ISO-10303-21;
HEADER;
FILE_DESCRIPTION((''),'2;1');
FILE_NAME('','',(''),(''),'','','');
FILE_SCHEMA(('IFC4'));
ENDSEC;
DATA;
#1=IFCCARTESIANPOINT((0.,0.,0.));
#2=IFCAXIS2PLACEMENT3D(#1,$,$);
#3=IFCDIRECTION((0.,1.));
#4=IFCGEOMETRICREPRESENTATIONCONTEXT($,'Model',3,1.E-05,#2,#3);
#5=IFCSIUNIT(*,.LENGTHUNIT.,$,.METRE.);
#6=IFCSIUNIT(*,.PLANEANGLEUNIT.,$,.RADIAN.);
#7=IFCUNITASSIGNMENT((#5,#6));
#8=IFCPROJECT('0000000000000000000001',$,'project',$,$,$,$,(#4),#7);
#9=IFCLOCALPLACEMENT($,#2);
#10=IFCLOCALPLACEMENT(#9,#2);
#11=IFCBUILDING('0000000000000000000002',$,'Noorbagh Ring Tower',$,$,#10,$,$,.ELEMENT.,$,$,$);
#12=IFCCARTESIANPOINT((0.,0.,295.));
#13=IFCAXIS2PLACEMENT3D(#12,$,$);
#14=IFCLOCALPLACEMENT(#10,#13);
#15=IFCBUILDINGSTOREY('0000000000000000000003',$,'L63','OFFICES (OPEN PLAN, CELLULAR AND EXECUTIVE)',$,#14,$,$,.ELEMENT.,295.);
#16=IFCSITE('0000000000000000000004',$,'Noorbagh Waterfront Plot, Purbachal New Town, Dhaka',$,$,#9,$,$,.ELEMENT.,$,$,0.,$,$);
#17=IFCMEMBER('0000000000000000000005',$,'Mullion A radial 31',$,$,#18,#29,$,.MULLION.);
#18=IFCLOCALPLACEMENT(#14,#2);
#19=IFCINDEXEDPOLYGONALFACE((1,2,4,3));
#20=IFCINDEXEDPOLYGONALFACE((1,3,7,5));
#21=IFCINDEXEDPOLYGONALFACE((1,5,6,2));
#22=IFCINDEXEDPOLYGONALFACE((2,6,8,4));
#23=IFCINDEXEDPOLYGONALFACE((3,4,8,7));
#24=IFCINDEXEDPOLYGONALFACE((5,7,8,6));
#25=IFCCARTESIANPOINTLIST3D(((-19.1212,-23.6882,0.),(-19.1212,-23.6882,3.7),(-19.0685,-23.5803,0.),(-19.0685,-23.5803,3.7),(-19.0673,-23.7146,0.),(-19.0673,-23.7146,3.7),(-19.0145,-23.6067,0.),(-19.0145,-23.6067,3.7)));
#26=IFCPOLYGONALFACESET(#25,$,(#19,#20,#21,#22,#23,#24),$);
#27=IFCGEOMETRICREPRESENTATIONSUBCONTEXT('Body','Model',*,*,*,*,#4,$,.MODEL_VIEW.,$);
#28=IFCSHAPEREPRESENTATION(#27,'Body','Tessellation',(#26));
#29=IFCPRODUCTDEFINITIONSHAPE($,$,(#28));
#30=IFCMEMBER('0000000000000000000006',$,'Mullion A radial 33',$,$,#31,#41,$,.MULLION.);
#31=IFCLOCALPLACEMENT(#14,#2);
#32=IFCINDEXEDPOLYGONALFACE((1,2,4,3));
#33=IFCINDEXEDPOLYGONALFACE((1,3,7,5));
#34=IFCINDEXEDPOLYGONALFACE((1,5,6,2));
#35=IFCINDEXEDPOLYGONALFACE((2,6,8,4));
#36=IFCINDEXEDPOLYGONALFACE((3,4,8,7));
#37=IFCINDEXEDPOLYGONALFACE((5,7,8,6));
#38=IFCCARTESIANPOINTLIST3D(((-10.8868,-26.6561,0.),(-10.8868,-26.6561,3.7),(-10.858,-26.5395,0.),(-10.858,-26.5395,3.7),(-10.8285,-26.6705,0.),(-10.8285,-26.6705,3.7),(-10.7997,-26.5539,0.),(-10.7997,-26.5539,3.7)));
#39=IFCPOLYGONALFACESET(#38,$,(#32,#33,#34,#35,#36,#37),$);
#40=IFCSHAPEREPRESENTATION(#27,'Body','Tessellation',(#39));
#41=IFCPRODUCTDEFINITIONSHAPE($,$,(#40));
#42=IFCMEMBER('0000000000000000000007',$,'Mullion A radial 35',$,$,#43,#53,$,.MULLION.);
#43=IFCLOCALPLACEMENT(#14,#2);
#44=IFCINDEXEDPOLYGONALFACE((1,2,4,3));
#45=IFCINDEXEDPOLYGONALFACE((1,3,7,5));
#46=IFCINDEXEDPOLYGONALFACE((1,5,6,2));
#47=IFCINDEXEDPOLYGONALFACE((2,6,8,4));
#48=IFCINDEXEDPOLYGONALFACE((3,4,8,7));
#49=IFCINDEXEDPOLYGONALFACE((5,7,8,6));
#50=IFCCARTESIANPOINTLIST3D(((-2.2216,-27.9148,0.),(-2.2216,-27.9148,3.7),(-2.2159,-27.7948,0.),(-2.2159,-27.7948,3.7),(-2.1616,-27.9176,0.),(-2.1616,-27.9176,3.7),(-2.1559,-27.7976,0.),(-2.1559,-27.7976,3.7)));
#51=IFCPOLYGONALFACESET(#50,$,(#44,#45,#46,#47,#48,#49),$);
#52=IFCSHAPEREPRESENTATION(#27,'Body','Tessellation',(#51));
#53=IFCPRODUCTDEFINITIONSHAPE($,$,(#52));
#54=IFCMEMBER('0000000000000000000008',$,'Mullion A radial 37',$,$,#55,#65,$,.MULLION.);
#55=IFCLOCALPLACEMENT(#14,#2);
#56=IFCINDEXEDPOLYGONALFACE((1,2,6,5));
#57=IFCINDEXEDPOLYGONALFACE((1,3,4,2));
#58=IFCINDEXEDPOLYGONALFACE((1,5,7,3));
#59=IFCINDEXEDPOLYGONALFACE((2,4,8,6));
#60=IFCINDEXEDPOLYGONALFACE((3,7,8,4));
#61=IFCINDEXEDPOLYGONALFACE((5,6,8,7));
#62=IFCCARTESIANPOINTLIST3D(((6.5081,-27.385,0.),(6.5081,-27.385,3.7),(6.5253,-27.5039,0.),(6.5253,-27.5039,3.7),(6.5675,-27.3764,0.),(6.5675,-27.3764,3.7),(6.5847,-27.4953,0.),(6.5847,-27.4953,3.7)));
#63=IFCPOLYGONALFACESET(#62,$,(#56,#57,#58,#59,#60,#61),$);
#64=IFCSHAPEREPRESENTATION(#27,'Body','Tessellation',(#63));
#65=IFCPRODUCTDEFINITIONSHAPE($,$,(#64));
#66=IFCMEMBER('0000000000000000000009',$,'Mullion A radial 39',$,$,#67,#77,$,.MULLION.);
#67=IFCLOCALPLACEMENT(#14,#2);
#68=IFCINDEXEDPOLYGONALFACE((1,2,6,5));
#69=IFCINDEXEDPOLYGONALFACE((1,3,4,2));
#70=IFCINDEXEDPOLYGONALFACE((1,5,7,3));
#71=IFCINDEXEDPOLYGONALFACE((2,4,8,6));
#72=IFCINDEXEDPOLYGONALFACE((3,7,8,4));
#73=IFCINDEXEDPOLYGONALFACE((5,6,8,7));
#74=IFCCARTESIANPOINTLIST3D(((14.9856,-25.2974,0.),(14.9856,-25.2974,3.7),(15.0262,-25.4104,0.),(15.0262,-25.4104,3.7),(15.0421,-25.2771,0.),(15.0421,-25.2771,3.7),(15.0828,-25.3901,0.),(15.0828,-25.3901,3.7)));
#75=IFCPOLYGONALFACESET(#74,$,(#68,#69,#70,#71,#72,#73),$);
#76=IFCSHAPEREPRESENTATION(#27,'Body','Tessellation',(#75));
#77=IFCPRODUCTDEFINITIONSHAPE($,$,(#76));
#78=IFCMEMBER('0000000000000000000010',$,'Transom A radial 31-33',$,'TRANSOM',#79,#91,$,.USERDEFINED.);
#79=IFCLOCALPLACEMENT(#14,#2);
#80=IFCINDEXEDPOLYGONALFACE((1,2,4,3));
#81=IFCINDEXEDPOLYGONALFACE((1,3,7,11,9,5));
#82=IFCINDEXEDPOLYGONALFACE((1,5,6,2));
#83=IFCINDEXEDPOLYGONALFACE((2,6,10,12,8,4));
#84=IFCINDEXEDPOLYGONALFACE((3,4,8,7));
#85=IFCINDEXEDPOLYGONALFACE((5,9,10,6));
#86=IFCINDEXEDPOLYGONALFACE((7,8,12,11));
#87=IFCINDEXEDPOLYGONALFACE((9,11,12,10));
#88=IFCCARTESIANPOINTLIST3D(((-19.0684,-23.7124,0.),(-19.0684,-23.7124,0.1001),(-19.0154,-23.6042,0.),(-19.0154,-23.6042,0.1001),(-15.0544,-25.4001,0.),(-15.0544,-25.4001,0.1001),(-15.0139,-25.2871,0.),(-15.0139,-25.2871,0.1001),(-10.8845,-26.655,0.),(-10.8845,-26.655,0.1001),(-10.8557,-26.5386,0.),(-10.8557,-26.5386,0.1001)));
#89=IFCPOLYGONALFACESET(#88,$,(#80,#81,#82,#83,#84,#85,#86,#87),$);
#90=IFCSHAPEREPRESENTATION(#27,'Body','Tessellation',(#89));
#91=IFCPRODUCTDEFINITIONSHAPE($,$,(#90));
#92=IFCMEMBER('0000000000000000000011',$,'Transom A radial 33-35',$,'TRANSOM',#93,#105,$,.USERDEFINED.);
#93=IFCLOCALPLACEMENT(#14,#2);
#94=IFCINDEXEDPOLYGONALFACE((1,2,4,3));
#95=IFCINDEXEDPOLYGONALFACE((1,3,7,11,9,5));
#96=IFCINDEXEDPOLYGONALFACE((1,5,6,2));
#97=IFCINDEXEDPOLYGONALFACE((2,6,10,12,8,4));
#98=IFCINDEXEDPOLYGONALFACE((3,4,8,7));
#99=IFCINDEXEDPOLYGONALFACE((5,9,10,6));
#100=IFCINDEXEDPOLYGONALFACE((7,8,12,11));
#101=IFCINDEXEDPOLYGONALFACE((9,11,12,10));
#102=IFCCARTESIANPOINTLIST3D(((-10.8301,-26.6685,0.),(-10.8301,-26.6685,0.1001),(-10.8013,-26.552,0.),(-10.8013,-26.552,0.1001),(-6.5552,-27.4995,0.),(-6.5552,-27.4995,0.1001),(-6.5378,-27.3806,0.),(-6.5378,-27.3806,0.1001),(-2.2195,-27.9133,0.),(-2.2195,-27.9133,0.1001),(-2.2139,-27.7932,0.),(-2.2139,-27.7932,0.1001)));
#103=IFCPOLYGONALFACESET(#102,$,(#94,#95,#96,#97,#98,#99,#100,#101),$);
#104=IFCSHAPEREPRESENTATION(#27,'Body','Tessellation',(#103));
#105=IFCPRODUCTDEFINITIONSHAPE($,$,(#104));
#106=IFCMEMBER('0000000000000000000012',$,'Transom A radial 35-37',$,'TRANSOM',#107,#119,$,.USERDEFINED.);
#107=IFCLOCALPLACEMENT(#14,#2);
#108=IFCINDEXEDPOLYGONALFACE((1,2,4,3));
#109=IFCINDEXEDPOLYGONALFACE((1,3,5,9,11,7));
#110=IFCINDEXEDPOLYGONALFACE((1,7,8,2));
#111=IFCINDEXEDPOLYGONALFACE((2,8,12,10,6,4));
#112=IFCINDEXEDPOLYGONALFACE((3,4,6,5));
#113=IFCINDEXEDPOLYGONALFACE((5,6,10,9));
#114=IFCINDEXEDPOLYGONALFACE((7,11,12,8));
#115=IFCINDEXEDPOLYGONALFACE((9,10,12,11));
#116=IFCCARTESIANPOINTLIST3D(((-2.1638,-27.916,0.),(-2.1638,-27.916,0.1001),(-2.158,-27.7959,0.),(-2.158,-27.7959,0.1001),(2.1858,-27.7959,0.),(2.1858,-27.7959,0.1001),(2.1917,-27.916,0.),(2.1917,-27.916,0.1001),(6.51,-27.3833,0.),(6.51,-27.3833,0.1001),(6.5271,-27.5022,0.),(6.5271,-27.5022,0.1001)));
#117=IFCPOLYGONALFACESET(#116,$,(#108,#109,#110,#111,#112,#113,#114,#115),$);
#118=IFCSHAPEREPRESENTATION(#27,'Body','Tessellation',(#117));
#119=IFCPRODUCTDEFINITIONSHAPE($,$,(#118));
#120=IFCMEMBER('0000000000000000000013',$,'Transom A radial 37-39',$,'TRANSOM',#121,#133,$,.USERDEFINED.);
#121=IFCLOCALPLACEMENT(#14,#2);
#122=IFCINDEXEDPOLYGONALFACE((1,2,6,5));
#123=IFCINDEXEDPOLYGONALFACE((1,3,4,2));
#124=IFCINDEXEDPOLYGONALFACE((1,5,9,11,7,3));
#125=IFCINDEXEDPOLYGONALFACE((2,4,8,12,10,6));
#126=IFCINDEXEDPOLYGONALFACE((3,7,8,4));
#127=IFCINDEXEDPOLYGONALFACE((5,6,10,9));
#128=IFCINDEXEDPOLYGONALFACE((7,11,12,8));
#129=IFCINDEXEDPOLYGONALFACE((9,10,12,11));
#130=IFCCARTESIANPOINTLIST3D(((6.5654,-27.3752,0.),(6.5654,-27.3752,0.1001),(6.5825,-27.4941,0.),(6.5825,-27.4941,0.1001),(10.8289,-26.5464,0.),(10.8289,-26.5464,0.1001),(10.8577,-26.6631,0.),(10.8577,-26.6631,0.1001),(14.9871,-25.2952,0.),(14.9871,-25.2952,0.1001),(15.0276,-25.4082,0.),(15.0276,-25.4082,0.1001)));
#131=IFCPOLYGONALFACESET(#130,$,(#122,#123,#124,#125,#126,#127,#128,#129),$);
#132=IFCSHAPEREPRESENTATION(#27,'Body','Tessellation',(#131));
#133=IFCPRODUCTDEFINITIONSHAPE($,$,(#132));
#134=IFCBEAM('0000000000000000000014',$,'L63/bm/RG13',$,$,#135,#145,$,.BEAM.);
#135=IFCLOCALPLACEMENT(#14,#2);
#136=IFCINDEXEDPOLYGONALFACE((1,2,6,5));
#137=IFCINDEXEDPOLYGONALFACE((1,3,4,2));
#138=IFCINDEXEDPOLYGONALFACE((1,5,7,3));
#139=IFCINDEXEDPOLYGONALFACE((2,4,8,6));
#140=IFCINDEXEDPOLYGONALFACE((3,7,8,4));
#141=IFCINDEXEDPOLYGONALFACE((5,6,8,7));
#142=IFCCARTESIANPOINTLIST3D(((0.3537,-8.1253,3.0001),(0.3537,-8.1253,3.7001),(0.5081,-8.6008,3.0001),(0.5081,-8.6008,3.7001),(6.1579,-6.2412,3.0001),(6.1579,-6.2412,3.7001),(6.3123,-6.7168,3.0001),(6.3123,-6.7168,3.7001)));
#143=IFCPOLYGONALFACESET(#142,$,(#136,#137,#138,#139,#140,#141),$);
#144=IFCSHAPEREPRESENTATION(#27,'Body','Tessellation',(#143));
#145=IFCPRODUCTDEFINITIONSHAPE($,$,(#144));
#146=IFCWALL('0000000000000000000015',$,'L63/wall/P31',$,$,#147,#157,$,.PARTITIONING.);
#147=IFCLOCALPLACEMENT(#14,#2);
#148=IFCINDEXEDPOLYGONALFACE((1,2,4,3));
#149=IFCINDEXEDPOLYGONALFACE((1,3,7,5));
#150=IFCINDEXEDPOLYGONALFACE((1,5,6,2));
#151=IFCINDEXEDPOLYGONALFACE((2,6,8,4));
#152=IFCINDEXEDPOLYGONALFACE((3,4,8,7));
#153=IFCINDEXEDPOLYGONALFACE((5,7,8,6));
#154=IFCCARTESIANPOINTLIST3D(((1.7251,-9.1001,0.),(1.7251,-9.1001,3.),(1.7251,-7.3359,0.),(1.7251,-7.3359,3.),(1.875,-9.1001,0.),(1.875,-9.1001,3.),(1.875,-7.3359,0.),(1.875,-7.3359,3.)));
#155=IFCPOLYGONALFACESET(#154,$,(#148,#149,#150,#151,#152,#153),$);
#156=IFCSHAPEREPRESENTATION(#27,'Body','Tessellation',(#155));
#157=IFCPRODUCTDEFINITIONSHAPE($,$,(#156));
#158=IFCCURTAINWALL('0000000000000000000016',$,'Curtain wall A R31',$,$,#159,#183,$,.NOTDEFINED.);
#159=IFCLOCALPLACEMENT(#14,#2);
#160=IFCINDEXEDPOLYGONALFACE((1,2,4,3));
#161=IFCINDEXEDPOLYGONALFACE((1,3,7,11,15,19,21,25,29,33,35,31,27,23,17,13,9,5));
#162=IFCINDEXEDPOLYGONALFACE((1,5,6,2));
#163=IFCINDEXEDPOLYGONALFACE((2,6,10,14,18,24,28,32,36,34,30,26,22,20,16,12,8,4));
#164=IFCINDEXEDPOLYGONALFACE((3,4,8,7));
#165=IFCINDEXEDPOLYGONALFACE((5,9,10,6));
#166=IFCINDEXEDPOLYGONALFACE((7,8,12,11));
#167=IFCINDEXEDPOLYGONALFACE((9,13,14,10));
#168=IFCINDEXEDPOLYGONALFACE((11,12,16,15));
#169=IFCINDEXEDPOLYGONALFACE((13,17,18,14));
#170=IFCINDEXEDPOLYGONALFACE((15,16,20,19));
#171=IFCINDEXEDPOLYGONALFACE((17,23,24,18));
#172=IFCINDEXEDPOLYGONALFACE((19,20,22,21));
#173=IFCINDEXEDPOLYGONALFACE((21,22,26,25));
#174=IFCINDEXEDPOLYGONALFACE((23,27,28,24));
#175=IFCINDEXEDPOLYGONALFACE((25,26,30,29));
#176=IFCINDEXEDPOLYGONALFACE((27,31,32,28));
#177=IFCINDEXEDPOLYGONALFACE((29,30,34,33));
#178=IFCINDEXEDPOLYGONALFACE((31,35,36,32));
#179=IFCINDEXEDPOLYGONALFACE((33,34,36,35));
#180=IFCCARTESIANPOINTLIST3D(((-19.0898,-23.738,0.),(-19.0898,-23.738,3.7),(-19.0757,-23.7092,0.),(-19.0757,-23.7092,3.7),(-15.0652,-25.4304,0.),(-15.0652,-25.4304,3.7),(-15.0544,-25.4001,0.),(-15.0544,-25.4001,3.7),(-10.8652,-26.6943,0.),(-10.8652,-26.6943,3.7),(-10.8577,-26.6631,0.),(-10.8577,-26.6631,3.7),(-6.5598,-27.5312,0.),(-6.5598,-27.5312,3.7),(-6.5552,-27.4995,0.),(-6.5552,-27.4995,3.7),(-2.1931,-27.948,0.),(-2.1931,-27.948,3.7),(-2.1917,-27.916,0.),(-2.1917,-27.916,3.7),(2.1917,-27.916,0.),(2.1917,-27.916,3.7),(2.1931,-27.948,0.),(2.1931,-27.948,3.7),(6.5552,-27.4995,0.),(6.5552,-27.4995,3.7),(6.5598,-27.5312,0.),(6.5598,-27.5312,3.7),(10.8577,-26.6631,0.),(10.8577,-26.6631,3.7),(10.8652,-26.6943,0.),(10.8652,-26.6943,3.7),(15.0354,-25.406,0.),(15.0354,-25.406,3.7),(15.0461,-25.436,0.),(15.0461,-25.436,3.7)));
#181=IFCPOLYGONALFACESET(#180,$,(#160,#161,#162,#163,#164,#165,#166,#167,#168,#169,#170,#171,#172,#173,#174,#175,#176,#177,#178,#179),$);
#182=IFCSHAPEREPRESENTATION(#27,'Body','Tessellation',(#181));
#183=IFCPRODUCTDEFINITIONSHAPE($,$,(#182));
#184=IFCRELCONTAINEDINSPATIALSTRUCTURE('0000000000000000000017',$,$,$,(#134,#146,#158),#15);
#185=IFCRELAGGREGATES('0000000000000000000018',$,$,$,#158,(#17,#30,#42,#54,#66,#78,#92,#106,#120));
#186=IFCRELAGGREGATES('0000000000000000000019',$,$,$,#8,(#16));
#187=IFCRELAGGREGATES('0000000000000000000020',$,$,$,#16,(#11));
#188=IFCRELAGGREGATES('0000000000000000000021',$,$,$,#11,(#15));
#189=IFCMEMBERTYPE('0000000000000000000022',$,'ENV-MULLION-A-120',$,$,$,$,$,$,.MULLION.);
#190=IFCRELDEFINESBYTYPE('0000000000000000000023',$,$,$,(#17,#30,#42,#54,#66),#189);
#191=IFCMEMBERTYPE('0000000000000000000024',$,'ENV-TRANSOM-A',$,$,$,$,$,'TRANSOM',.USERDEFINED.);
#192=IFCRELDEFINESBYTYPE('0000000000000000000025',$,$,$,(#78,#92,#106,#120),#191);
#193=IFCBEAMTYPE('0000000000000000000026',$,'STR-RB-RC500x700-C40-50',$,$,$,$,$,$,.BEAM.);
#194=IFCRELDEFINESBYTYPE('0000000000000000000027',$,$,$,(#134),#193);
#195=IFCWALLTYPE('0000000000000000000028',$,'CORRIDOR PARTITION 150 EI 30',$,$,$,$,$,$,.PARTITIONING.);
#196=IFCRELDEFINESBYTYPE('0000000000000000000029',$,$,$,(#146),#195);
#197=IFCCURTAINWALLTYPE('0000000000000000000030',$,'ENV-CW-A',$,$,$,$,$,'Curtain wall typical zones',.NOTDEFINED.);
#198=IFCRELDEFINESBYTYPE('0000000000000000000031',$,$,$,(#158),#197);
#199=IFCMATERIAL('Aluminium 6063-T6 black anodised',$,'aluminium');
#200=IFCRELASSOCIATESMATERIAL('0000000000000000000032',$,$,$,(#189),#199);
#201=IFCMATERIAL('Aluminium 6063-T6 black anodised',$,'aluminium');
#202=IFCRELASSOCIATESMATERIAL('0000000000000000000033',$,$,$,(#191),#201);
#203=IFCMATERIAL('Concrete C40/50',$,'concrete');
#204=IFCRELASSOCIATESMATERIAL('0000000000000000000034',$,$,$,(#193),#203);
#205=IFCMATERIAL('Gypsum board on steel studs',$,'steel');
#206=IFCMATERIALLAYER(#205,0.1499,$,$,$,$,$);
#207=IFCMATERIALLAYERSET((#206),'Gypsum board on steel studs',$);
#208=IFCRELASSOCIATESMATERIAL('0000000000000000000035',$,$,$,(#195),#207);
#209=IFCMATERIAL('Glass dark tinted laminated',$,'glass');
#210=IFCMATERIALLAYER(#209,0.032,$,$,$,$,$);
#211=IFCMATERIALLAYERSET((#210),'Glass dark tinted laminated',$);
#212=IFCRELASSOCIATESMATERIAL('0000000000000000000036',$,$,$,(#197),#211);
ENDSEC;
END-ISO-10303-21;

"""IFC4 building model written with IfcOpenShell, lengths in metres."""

from ifc_helpers import new_model, si_unit, direction, frame, frame_2d, origin, origin_2d, place, context, subcontext, project, spatial, polyline, rectangle, outline, extrude, material, layer, layer_set, material_profile, profile_set, type_object, element, aggregate, save


model = new_model("IFC4")

# Units and contexts
model_context = context("Model", 3, precision=1e-05, world=origin(), true_north=direction((0.0, 1.0)))
body_context = subcontext(model_context, "Body", "Model", "MODEL_VIEW")
ifc_project = project(units=[si_unit("LENGTHUNIT", "METRE"), si_unit("PLANEANGLEUNIT", "RADIAN")], contexts=[model_context])

# Members
ifc_material_1 = material(Name="Aluminium 6063-T6 black anodised", Category="aluminium")
ifc_material_profile_1 = material_profile(ifc_material_1, rectangle(XDim=0.1201, YDim=0.0601, at=origin_2d()), Name="120x60")
ifc_profile_set_1 = profile_set([ifc_material_profile_1], Name="Aluminium 6063-T6 black anodised")
member_type_1 = type_object("IfcMemberType", Name="ENV-MULLION-A-120", PredefinedType="MULLION", material=ifc_profile_set_1)
site_placement = place(None, origin())
building_placement = place(site_placement, origin())
storey_placement = place(building_placement, frame((0.0, 0.0, 295.0)))
member_1_placement = place(storey_placement, frame((-19.0679, -23.6475, 0.0), z_axis=(0.0, 0.0, 1.0), x_axis=(0.439238, 0.898371, 0.0)))
member_1 = element("IfcMember", 1, at=member_1_placement, type_object=member_type_1, Name="Mullion A radial 31", PredefinedType="MULLION", context=body_context, shape_type="SweptSolid", body=[
    extrude(rectangle(XDim=0.1201, YDim=0.0601, at=origin_2d()), origin(), (0.0, 0.0, 1.0), 3.7),
])
member_2_placement = place(storey_placement, frame((-10.8433, -26.605, 0.0), z_axis=(0.0, 0.0, 1.0), x_axis=(0.239799, 0.970823, 0.0)))
member_2 = element("IfcMember", 2, at=member_2_placement, type_object=member_type_1, Name="Mullion A radial 33", PredefinedType="MULLION", context=body_context, shape_type="SweptSolid", body=[
    extrude(rectangle(XDim=0.1201, YDim=0.0601, at=origin_2d()), origin(), (0.0, 0.0, 1.0), 3.7),
])
member_3_placement = place(storey_placement, frame((-2.1887, -27.8562, 0.0), z_axis=(0.0, 0.0, 1.0), x_axis=(0.047558, 0.998868, 0.0)))
member_3 = element("IfcMember", 3, at=member_3_placement, type_object=member_type_1, Name="Mullion A radial 35", PredefinedType="MULLION", context=body_context, shape_type="SweptSolid", body=[
    extrude(rectangle(XDim=0.1201, YDim=0.0601, at=origin_2d()), origin(), (0.0, 0.0, 1.0), 3.7),
])
member_4_placement = place(storey_placement, frame((6.5464, -27.4402, 0.0), z_axis=(0.0, 0.0, 1.0), x_axis=(-0.143082, 0.989711, 0.0)))
member_4 = element("IfcMember", 4, at=member_4_placement, type_object=member_type_1, Name="Mullion A radial 37", PredefinedType="MULLION", context=body_context, shape_type="SweptSolid", body=[
    extrude(rectangle(XDim=0.1201, YDim=0.0601, at=origin_2d()), origin(), (0.0, 0.0, 1.0), 3.7),
])
member_5_placement = place(storey_placement, frame((15.0342, -25.3438, 0.0), z_axis=(0.0, 0.0, 1.0), x_axis=(-0.338379, 0.94101, 0.0)))
member_5 = element("IfcMember", 5, at=member_5_placement, type_object=member_type_1, Name="Mullion A radial 39", PredefinedType="MULLION", context=body_context, shape_type="SweptSolid", body=[
    extrude(rectangle(XDim=0.1201, YDim=0.0601, at=origin_2d()), origin(), (0.0, 0.0, 1.0), 3.7),
])
ifc_material_2 = material(Name="Aluminium 6063-T6 black anodised", Category="aluminium")
member_type_2 = type_object("IfcMemberType", Name="ENV-TRANSOM-A", ElementType="TRANSOM", PredefinedType="USERDEFINED", material=ifc_material_2)
member_6_placement = place(storey_placement, origin())
member_6 = element("IfcMember", 6, at=member_6_placement, type_object=member_type_2, Name="Transom A radial 31-33", ObjectType="TRANSOM", PredefinedType="USERDEFINED", context=body_context, shape_type="SweptSolid", body=[
    extrude(outline(polyline([(-19.0684, -23.7124), (-15.0544, -25.4001), (-10.8845, -26.655), (-10.8557, -26.5386), (-15.0139, -25.2871), (-19.0154, -23.6042), (-19.0684, -23.7124)])), origin(), (0.0, 0.0, 1.0), 0.1001),
])
member_7_placement = place(storey_placement, origin())
member_7 = element("IfcMember", 7, at=member_7_placement, type_object=member_type_2, Name="Transom A radial 33-35", ObjectType="TRANSOM", PredefinedType="USERDEFINED", context=body_context, shape_type="SweptSolid", body=[
    extrude(outline(polyline([(-10.8301, -26.6685), (-6.5552, -27.4995), (-2.2195, -27.9133), (-2.2139, -27.7932), (-6.5378, -27.3806), (-10.8013, -26.552), (-10.8301, -26.6685)])), origin(), (0.0, 0.0, 1.0), 0.1001),
])
member_8_placement = place(storey_placement, origin())
member_8 = element("IfcMember", 8, at=member_8_placement, type_object=member_type_2, Name="Transom A radial 35-37", ObjectType="TRANSOM", PredefinedType="USERDEFINED", context=body_context, shape_type="SweptSolid", body=[
    extrude(outline(polyline([(-2.1638, -27.916), (2.1917, -27.916), (6.5271, -27.5022), (6.51, -27.3833), (2.1858, -27.7959), (-2.158, -27.7959), (-2.1638, -27.916)])), origin(), (0.0, 0.0, 1.0), 0.1001),
])
member_9_placement = place(storey_placement, origin())
member_9 = element("IfcMember", 9, at=member_9_placement, type_object=member_type_2, Name="Transom A radial 37-39", ObjectType="TRANSOM", PredefinedType="USERDEFINED", context=body_context, shape_type="SweptSolid", body=[
    extrude(outline(polyline([(6.5825, -27.4941), (10.8577, -26.6631), (15.0276, -25.4082), (14.9871, -25.2952), (10.8289, -26.5464), (6.5654, -27.3752), (6.5825, -27.4941)])), origin(), (0.0, 0.0, 1.0), 0.1001),
])

# Site, building, storey
site = spatial("IfcSite", under=ifc_project, at=site_placement, Name="Noorbagh Waterfront Plot, Purbachal New Town, Dhaka", CompositionType="ELEMENT", RefElevation=0.0)
building = spatial("IfcBuilding", under=site, at=building_placement, Name="Noorbagh Ring Tower", CompositionType="ELEMENT")
storey = spatial("IfcBuildingStorey", under=building, at=storey_placement, Name="L63", Description="OFFICES (OPEN PLAN, CELLULAR AND EXECUTIVE)", CompositionType="ELEMENT", Elevation=295.0)

# Beam
ifc_material_3 = material(Name="Concrete C40/50", Category="concrete")
ifc_material_profile_2 = material_profile(ifc_material_3, rectangle(XDim=0.5, YDim=0.7, at=origin_2d()), Name="RC500x700")
ifc_profile_set_2 = profile_set([ifc_material_profile_2], Name="Concrete C40/50")
beam_type = type_object("IfcBeamType", Name="STR-RB-RC500x700-C40-50", PredefinedType="BEAM", material=ifc_profile_set_2)
beam_placement = place(storey_placement, frame((0.4309, -8.363, 3.3501), z_axis=(0.951146, 0.30874, 0.0), x_axis=(-0.30874, 0.951146, 0.0)))
element("IfcBeam", 10, at=beam_placement, inside=storey, type_object=beam_type, Name="L63/bm/RG13", PredefinedType="BEAM", context=body_context, shape_type="SweptSolid", body=[
    extrude(rectangle(XDim=0.5, YDim=0.7, at=origin_2d()), origin(), (0.0, 0.0, 1.0), 6.1023),
])

# Wall
ifc_material_4 = material(Name="Gypsum board on steel studs", Category="steel")
ifc_layer_1 = layer(ifc_material_4, 0.1499)
ifc_layer_set_1 = layer_set([ifc_layer_1], Name="Gypsum board on steel studs")
wall_type = type_object("IfcWallType", Name="CORRIDOR PARTITION 150 EI 30", PredefinedType="PARTITIONING", material=ifc_layer_set_1)
wall_placement = place(storey_placement, frame((1.8, -9.1001, 0.0), z_axis=(0.0, 0.0, 1.0), x_axis=(0.0, 1.0, 0.0)))
element("IfcWall", 11, at=wall_placement, inside=storey, type_object=wall_type, Name="L63/wall/P31", PredefinedType="PARTITIONING", context=body_context, shape_type="SweptSolid", body=[
    extrude(rectangle(XDim=1.7642, YDim=0.1499, at=frame_2d((0.8821, 0.0))), origin(), (0.0, 0.0, 1.0), 3.0),
])

# Curtain wall
ifc_material_5 = material(Name="Glass dark tinted laminated", Category="glass")
ifc_layer_2 = layer(ifc_material_5, 0.032)
ifc_layer_set_2 = layer_set([ifc_layer_2], Name="Glass dark tinted laminated")
curtain_wall_type = type_object("IfcCurtainWallType", Name="ENV-CW-A", ElementType="Curtain wall typical zones", PredefinedType="NOTDEFINED", material=ifc_layer_set_2)
curtain_wall_1_placement = place(storey_placement, origin())
curtain_wall_1 = element("IfcCurtainWall", 12, at=curtain_wall_1_placement, inside=storey, type_object=curtain_wall_type, Name="Curtain wall A R31", PredefinedType="NOTDEFINED", context=body_context, shape_type="SweptSolid", body=[
    extrude(outline(polyline([(-19.0898, -23.738), (-15.0652, -25.4304), (-10.8652, -26.6943), (-6.5598, -27.5312), (-2.1931, -27.948), (2.1931, -27.948), (6.5598, -27.5312), (10.8652, -26.6943), (15.0461, -25.436), (15.0354, -25.406), (10.8577, -26.6631), (6.5552, -27.4995), (2.1917, -27.916), (-2.1917, -27.916), (-6.5552, -27.4995), (-10.8577, -26.6631), (-15.0544, -25.4001), (-19.0757, -23.7092), (-19.0898, -23.738)])), origin(), (0.0, 0.0, 1.0), 3.7),
])
aggregate(curtain_wall_1, [member_1, member_2, member_3, member_4, member_5, member_6, member_7, member_8, member_9])

save(model, "model.ifc")
